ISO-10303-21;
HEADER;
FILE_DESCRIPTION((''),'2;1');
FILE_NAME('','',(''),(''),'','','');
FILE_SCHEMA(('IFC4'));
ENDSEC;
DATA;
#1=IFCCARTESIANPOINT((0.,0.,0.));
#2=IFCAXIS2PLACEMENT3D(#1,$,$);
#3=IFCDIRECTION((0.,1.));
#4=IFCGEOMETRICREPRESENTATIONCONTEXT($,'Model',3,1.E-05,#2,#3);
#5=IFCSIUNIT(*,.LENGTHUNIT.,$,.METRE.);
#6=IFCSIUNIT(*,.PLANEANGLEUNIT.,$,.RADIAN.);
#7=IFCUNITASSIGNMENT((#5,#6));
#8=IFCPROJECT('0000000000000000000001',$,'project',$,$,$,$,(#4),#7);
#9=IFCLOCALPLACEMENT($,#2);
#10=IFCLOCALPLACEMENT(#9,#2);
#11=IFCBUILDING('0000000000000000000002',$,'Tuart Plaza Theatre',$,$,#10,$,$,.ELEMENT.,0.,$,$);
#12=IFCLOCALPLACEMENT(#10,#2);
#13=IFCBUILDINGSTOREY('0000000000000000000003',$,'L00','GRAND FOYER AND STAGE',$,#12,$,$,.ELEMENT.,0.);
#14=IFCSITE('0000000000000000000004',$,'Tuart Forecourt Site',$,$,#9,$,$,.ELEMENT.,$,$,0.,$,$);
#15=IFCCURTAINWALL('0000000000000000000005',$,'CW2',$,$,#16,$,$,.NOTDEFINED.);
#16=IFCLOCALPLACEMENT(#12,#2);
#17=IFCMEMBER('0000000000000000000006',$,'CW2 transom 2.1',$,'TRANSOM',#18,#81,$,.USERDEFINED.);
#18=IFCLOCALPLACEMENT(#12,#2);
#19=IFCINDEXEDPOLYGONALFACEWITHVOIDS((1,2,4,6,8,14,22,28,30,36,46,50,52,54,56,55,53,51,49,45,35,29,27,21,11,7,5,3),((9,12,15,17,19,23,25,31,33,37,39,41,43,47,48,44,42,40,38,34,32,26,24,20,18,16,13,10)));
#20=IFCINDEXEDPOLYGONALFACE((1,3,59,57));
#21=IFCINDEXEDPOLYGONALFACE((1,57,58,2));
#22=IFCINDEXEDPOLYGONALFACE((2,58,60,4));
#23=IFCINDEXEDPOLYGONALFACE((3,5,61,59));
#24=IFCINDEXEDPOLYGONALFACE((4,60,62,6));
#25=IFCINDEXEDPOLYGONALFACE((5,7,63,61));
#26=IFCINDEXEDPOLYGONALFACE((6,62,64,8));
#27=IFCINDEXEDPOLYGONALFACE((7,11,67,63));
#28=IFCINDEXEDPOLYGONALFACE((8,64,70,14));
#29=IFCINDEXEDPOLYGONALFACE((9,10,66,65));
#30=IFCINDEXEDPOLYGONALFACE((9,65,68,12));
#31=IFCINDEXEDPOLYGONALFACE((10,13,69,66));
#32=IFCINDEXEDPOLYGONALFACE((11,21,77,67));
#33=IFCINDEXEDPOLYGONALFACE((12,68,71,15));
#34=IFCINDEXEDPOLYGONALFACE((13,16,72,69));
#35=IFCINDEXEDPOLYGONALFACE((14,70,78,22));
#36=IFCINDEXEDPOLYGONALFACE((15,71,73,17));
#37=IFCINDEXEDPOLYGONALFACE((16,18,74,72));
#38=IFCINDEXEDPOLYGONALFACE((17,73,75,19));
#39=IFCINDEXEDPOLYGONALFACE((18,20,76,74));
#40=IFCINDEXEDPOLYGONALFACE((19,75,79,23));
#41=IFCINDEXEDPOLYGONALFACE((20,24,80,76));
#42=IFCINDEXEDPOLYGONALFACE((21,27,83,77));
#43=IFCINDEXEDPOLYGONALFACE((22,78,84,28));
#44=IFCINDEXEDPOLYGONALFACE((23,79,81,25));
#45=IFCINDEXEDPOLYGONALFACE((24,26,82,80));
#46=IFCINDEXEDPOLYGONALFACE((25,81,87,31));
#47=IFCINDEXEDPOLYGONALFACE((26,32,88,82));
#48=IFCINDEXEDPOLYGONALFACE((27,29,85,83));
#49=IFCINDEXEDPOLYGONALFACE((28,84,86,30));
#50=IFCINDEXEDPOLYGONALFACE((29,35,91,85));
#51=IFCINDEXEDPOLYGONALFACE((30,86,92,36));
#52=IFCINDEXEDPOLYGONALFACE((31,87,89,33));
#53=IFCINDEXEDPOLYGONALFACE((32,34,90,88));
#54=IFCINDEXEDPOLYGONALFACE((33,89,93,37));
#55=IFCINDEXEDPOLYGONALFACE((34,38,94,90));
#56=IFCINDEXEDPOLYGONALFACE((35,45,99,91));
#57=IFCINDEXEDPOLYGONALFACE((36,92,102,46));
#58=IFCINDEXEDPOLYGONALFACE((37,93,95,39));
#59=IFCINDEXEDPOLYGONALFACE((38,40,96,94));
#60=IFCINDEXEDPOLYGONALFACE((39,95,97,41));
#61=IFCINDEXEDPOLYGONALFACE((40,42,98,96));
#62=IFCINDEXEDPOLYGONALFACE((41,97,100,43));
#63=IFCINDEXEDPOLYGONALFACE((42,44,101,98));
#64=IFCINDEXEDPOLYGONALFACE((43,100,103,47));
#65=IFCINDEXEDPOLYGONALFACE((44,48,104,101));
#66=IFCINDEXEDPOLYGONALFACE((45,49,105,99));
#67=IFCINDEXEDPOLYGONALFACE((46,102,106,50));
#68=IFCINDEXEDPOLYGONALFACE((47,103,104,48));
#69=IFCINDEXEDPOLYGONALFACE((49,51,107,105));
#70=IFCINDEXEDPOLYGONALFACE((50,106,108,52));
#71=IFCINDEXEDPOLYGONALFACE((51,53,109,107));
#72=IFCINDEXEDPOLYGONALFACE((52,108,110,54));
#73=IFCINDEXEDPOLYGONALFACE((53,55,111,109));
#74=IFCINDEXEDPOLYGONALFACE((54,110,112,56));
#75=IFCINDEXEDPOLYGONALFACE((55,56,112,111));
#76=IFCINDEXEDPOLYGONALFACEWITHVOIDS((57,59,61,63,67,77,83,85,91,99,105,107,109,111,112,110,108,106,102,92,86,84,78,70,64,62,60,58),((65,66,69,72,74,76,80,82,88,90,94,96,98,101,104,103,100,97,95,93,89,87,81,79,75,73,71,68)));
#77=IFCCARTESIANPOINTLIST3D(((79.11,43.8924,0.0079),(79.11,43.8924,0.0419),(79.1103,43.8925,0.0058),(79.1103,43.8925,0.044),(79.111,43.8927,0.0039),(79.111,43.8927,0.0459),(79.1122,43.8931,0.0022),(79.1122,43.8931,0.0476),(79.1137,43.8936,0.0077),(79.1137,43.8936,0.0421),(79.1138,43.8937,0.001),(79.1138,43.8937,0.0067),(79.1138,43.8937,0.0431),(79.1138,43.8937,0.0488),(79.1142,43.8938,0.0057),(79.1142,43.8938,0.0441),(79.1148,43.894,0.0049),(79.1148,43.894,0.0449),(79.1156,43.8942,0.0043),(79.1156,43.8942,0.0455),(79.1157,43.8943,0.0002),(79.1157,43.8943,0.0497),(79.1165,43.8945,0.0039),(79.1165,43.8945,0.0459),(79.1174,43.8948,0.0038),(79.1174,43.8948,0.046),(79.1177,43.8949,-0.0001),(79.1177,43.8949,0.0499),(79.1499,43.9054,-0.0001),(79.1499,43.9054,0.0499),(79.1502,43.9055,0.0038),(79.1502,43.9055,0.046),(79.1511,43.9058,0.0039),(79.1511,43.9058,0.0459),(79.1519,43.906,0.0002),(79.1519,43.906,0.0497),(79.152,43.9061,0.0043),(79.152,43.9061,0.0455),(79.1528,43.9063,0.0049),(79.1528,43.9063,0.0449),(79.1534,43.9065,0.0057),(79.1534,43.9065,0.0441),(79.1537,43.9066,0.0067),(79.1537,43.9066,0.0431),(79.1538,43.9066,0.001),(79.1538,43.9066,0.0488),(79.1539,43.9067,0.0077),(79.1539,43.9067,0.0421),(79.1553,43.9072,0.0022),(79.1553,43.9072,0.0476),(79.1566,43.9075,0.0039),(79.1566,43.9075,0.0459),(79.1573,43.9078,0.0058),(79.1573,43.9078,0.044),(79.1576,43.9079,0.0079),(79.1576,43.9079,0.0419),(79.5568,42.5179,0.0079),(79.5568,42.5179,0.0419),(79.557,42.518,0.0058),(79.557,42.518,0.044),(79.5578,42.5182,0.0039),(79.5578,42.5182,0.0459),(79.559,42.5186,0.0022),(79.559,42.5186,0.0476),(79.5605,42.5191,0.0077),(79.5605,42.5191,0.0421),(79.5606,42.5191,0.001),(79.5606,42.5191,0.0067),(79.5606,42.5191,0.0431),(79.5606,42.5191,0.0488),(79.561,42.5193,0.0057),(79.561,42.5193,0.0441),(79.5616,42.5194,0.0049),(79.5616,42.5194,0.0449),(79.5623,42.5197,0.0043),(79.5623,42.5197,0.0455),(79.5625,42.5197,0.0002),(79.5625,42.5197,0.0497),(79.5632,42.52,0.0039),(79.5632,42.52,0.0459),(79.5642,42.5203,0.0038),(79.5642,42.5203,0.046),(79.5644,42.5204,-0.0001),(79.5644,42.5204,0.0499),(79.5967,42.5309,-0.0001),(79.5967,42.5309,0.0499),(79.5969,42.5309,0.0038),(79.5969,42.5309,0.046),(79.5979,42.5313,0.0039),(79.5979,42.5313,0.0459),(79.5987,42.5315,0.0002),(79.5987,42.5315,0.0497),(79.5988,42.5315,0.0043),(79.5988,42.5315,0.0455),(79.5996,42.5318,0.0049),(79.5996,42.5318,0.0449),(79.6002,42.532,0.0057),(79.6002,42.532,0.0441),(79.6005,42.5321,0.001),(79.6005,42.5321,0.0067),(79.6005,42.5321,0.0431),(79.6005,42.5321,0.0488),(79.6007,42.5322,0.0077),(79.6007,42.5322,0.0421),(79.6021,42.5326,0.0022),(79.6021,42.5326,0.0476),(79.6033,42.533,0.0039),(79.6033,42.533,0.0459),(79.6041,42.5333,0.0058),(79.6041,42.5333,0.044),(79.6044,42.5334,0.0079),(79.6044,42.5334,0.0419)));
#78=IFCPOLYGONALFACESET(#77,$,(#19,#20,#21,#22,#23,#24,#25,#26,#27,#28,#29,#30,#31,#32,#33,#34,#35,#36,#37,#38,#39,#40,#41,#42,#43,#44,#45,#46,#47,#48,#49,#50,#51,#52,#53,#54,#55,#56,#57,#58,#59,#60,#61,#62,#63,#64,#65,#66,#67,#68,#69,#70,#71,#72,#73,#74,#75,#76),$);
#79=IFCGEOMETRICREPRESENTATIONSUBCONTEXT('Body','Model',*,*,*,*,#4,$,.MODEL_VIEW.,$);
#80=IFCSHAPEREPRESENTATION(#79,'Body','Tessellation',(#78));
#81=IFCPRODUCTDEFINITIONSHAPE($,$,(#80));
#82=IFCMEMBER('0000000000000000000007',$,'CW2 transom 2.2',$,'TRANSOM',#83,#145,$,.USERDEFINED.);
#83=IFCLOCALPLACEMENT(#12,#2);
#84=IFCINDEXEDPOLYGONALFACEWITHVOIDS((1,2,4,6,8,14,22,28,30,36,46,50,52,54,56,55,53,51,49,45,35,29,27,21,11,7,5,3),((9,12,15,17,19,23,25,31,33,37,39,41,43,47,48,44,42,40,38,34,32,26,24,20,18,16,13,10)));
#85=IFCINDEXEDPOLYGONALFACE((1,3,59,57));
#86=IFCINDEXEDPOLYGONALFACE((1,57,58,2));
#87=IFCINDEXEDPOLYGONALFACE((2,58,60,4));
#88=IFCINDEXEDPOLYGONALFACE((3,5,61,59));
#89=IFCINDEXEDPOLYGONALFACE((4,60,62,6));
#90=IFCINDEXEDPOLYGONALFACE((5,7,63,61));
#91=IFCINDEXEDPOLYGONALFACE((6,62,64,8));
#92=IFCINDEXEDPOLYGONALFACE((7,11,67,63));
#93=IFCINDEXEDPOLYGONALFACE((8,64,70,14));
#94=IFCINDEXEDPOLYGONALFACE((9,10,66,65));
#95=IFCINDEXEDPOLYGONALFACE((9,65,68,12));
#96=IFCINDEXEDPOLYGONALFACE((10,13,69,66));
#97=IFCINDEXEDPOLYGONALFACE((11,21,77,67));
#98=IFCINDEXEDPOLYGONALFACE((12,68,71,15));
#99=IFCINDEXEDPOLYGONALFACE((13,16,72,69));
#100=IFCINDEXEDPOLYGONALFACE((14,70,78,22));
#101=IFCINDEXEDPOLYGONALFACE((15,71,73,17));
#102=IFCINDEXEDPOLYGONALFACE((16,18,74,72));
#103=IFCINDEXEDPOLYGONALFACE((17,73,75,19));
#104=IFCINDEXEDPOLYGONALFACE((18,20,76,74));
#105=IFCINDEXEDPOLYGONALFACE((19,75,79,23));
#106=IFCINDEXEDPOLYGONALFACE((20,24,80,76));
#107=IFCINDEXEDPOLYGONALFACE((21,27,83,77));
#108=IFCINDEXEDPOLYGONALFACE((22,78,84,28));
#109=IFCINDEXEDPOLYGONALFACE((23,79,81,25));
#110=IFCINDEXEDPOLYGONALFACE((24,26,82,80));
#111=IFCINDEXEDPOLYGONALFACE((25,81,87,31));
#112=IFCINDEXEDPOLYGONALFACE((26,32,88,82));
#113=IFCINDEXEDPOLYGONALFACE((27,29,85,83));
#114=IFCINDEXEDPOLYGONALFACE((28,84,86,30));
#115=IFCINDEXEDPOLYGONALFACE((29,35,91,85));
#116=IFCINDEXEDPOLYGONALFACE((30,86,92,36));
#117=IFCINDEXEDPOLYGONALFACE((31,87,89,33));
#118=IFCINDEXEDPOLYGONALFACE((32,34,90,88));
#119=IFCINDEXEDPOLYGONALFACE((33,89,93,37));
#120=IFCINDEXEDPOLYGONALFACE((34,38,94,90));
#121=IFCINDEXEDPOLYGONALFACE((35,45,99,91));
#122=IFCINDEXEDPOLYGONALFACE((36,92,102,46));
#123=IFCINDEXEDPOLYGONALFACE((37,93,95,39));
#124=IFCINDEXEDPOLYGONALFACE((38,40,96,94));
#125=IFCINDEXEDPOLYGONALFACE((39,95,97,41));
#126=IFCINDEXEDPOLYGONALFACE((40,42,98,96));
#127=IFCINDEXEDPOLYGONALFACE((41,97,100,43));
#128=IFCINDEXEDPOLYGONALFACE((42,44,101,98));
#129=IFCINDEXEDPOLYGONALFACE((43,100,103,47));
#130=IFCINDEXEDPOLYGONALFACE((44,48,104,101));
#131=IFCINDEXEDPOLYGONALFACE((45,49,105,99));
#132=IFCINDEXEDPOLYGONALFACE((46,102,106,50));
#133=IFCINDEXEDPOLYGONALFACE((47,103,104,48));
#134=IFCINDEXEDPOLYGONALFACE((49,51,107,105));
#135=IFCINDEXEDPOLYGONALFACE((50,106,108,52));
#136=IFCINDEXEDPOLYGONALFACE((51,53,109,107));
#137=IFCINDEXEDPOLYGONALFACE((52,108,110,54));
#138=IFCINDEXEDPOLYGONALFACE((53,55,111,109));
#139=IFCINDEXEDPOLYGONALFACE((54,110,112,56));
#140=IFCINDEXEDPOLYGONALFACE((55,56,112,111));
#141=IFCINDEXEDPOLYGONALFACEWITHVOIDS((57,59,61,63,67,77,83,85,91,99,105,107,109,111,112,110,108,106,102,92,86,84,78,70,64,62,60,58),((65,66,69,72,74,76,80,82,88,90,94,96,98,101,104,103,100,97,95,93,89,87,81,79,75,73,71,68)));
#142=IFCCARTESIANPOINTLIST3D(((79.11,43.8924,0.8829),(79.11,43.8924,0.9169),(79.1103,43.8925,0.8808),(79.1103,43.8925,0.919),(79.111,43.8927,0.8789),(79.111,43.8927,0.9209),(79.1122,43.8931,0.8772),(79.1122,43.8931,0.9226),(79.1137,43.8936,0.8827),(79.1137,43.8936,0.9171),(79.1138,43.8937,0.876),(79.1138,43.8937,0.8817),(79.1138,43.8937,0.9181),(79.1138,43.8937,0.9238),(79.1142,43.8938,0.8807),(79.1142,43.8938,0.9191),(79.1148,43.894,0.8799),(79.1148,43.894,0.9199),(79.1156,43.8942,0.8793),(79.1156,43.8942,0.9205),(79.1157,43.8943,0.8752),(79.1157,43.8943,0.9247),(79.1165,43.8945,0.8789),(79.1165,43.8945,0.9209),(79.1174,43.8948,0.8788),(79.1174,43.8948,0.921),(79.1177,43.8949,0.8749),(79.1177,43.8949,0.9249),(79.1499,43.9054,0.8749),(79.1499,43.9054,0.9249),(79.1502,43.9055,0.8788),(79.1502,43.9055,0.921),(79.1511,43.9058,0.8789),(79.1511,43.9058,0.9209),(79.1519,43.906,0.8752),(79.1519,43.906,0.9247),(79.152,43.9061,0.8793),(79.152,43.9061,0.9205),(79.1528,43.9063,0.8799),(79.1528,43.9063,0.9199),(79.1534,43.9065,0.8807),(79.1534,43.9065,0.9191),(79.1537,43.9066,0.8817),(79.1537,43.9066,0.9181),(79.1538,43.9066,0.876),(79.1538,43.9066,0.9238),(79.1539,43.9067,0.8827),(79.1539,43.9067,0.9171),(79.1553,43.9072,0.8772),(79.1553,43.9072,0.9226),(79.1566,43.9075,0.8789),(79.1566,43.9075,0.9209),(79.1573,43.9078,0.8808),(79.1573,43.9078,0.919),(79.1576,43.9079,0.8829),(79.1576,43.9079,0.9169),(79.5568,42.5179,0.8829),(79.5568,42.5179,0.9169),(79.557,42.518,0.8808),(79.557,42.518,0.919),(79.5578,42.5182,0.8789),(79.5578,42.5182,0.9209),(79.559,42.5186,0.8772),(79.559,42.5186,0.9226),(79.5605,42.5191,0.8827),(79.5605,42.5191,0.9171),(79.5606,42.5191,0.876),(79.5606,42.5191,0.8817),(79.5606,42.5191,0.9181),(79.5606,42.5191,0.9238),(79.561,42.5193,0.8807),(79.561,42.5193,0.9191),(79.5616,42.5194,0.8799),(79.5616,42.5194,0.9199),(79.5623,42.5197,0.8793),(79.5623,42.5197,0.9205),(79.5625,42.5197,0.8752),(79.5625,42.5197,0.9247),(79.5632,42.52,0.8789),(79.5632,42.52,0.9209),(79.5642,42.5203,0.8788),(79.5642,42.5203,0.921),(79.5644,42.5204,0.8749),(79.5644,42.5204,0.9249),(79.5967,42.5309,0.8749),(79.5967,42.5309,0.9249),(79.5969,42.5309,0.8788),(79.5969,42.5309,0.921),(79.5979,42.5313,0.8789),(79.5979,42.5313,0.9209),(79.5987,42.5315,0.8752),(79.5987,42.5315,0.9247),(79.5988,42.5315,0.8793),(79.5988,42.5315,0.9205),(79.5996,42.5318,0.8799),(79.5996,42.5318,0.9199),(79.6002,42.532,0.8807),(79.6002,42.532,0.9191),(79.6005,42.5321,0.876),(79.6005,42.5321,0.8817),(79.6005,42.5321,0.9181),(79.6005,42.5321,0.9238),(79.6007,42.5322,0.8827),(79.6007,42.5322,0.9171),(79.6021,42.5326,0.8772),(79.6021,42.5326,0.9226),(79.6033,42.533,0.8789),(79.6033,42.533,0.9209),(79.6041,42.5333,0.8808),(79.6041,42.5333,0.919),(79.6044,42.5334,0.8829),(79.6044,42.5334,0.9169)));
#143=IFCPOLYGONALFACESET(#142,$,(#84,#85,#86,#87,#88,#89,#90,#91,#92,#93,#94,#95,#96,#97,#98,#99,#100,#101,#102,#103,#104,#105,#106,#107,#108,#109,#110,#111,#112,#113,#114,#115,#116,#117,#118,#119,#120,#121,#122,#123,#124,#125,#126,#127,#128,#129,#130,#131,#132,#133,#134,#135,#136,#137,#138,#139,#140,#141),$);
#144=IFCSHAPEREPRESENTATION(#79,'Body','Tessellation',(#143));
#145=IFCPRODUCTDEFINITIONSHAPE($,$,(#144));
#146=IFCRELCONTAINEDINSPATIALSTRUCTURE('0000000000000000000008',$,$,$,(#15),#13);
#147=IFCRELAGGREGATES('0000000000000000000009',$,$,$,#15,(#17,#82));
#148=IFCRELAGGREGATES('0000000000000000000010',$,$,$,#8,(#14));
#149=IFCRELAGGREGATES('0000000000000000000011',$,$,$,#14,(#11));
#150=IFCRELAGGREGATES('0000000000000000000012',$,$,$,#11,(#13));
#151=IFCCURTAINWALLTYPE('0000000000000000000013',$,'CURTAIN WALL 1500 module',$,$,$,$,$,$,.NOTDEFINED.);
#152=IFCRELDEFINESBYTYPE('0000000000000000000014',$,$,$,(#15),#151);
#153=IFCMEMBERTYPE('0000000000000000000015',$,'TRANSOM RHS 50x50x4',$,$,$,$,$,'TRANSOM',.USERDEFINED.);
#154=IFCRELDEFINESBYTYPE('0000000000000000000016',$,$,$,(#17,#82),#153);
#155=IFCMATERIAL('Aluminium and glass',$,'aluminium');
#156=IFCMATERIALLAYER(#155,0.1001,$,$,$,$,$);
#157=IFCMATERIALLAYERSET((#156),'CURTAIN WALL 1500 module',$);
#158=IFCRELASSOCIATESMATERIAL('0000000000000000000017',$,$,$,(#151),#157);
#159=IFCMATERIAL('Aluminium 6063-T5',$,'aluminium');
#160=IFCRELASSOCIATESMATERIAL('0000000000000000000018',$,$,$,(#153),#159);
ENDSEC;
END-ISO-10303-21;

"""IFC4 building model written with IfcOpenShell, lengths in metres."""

from ifc_helpers import new_model, si_unit, direction, frame, origin, origin_2d, place, context, subcontext, project, spatial, hollow_rectangle, extrude, material, layer, layer_set, material_profile, profile_set, type_object, element, aggregate, save


model = new_model("IFC4")

# Units and contexts
model_context = context("Model", 3, precision=1e-05, world=origin(), true_north=direction((0.0, 1.0)))
body_context = subcontext(model_context, "Body", "Model", "MODEL_VIEW")
ifc_project = project(units=[si_unit("LENGTHUNIT", "METRE"), si_unit("PLANEANGLEUNIT", "RADIAN")], contexts=[model_context])

# Site, building, storey
site_placement = place(None, origin())
site = spatial("IfcSite", under=ifc_project, at=site_placement, Name="Tuart Forecourt Site", CompositionType="ELEMENT", RefElevation=0.0)
building_placement = place(site_placement, origin())
building = spatial("IfcBuilding", under=site, at=building_placement, Name="Tuart Plaza Theatre", CompositionType="ELEMENT", ElevationOfRefHeight=0.0)
storey_placement = place(building_placement, origin())
storey = spatial("IfcBuildingStorey", under=building, at=storey_placement, Name="L00", Description="GRAND FOYER AND STAGE", CompositionType="ELEMENT", Elevation=0.0)

# Shared definitions
ifc_material_1 = material(Name="Aluminium and glass", Category="aluminium")
ifc_layer_1 = layer(ifc_material_1, 0.1001)
ifc_layer_set_1 = layer_set([ifc_layer_1], Name="CURTAIN WALL 1500 module")
curtain_wall_type = type_object("IfcCurtainWallType", Name="CURTAIN WALL 1500 module", PredefinedType="NOTDEFINED", material=ifc_layer_set_1)

# Curtain wall
curtain_wall_1_placement = place(storey_placement, origin())
curtain_wall_1 = element("IfcCurtainWall", 1, at=curtain_wall_1_placement, inside=storey, type_object=curtain_wall_type, Name="CW2", PredefinedType="NOTDEFINED")

# Members
ifc_material_2 = material(Name="Aluminium 6063-T5", Category="aluminium")
ifc_material_profile_1 = material_profile(ifc_material_2, hollow_rectangle(XDim=0.05, YDim=0.05, WallThickness=0.0039, InnerFilletRadius=0.0039, OuterFilletRadius=0.0081, at=origin_2d()), Name="RHS 50x50x4")
ifc_profile_set_1 = profile_set([ifc_material_profile_1], Name="Aluminium 6063-T5")
member_type_1 = type_object("IfcMemberType", Name="TRANSOM RHS 50x50x4", ElementType="TRANSOM", PredefinedType="USERDEFINED", material=ifc_profile_set_1)
member_1_placement = place(storey_placement, frame((79.1338, 43.9001, 0.0249), z_axis=(0.309124, -0.951022, 0.0), x_axis=(0.951022, 0.309124, 0.0)))
member_1 = element("IfcMember", 2, at=member_1_placement, type_object=member_type_1, Name="CW2 transom 2.1", ObjectType="TRANSOM", PredefinedType="USERDEFINED", context=body_context, shape_type="SweptSolid", body=[
    extrude(hollow_rectangle(XDim=0.05, YDim=0.05, WallThickness=0.0039, InnerFilletRadius=0.0039, OuterFilletRadius=0.0081, at=origin_2d()), origin(), (0.0, 0.0, 1.0), 1.4453),
])
member_2_placement = place(storey_placement, frame((79.1338, 43.9001, 0.8999), z_axis=(0.309124, -0.951022, 0.0), x_axis=(0.951022, 0.309124, 0.0)))
member_2 = element("IfcMember", 3, at=member_2_placement, type_object=member_type_1, Name="CW2 transom 2.2", ObjectType="TRANSOM", PredefinedType="USERDEFINED", context=body_context, shape_type="SweptSolid", body=[
    extrude(hollow_rectangle(XDim=0.05, YDim=0.05, WallThickness=0.0039, InnerFilletRadius=0.0039, OuterFilletRadius=0.0081, at=origin_2d()), origin(), (0.0, 0.0, 1.0), 1.4453),
])
aggregate(curtain_wall_1, [member_1, member_2])

save(model, "model.ifc")
